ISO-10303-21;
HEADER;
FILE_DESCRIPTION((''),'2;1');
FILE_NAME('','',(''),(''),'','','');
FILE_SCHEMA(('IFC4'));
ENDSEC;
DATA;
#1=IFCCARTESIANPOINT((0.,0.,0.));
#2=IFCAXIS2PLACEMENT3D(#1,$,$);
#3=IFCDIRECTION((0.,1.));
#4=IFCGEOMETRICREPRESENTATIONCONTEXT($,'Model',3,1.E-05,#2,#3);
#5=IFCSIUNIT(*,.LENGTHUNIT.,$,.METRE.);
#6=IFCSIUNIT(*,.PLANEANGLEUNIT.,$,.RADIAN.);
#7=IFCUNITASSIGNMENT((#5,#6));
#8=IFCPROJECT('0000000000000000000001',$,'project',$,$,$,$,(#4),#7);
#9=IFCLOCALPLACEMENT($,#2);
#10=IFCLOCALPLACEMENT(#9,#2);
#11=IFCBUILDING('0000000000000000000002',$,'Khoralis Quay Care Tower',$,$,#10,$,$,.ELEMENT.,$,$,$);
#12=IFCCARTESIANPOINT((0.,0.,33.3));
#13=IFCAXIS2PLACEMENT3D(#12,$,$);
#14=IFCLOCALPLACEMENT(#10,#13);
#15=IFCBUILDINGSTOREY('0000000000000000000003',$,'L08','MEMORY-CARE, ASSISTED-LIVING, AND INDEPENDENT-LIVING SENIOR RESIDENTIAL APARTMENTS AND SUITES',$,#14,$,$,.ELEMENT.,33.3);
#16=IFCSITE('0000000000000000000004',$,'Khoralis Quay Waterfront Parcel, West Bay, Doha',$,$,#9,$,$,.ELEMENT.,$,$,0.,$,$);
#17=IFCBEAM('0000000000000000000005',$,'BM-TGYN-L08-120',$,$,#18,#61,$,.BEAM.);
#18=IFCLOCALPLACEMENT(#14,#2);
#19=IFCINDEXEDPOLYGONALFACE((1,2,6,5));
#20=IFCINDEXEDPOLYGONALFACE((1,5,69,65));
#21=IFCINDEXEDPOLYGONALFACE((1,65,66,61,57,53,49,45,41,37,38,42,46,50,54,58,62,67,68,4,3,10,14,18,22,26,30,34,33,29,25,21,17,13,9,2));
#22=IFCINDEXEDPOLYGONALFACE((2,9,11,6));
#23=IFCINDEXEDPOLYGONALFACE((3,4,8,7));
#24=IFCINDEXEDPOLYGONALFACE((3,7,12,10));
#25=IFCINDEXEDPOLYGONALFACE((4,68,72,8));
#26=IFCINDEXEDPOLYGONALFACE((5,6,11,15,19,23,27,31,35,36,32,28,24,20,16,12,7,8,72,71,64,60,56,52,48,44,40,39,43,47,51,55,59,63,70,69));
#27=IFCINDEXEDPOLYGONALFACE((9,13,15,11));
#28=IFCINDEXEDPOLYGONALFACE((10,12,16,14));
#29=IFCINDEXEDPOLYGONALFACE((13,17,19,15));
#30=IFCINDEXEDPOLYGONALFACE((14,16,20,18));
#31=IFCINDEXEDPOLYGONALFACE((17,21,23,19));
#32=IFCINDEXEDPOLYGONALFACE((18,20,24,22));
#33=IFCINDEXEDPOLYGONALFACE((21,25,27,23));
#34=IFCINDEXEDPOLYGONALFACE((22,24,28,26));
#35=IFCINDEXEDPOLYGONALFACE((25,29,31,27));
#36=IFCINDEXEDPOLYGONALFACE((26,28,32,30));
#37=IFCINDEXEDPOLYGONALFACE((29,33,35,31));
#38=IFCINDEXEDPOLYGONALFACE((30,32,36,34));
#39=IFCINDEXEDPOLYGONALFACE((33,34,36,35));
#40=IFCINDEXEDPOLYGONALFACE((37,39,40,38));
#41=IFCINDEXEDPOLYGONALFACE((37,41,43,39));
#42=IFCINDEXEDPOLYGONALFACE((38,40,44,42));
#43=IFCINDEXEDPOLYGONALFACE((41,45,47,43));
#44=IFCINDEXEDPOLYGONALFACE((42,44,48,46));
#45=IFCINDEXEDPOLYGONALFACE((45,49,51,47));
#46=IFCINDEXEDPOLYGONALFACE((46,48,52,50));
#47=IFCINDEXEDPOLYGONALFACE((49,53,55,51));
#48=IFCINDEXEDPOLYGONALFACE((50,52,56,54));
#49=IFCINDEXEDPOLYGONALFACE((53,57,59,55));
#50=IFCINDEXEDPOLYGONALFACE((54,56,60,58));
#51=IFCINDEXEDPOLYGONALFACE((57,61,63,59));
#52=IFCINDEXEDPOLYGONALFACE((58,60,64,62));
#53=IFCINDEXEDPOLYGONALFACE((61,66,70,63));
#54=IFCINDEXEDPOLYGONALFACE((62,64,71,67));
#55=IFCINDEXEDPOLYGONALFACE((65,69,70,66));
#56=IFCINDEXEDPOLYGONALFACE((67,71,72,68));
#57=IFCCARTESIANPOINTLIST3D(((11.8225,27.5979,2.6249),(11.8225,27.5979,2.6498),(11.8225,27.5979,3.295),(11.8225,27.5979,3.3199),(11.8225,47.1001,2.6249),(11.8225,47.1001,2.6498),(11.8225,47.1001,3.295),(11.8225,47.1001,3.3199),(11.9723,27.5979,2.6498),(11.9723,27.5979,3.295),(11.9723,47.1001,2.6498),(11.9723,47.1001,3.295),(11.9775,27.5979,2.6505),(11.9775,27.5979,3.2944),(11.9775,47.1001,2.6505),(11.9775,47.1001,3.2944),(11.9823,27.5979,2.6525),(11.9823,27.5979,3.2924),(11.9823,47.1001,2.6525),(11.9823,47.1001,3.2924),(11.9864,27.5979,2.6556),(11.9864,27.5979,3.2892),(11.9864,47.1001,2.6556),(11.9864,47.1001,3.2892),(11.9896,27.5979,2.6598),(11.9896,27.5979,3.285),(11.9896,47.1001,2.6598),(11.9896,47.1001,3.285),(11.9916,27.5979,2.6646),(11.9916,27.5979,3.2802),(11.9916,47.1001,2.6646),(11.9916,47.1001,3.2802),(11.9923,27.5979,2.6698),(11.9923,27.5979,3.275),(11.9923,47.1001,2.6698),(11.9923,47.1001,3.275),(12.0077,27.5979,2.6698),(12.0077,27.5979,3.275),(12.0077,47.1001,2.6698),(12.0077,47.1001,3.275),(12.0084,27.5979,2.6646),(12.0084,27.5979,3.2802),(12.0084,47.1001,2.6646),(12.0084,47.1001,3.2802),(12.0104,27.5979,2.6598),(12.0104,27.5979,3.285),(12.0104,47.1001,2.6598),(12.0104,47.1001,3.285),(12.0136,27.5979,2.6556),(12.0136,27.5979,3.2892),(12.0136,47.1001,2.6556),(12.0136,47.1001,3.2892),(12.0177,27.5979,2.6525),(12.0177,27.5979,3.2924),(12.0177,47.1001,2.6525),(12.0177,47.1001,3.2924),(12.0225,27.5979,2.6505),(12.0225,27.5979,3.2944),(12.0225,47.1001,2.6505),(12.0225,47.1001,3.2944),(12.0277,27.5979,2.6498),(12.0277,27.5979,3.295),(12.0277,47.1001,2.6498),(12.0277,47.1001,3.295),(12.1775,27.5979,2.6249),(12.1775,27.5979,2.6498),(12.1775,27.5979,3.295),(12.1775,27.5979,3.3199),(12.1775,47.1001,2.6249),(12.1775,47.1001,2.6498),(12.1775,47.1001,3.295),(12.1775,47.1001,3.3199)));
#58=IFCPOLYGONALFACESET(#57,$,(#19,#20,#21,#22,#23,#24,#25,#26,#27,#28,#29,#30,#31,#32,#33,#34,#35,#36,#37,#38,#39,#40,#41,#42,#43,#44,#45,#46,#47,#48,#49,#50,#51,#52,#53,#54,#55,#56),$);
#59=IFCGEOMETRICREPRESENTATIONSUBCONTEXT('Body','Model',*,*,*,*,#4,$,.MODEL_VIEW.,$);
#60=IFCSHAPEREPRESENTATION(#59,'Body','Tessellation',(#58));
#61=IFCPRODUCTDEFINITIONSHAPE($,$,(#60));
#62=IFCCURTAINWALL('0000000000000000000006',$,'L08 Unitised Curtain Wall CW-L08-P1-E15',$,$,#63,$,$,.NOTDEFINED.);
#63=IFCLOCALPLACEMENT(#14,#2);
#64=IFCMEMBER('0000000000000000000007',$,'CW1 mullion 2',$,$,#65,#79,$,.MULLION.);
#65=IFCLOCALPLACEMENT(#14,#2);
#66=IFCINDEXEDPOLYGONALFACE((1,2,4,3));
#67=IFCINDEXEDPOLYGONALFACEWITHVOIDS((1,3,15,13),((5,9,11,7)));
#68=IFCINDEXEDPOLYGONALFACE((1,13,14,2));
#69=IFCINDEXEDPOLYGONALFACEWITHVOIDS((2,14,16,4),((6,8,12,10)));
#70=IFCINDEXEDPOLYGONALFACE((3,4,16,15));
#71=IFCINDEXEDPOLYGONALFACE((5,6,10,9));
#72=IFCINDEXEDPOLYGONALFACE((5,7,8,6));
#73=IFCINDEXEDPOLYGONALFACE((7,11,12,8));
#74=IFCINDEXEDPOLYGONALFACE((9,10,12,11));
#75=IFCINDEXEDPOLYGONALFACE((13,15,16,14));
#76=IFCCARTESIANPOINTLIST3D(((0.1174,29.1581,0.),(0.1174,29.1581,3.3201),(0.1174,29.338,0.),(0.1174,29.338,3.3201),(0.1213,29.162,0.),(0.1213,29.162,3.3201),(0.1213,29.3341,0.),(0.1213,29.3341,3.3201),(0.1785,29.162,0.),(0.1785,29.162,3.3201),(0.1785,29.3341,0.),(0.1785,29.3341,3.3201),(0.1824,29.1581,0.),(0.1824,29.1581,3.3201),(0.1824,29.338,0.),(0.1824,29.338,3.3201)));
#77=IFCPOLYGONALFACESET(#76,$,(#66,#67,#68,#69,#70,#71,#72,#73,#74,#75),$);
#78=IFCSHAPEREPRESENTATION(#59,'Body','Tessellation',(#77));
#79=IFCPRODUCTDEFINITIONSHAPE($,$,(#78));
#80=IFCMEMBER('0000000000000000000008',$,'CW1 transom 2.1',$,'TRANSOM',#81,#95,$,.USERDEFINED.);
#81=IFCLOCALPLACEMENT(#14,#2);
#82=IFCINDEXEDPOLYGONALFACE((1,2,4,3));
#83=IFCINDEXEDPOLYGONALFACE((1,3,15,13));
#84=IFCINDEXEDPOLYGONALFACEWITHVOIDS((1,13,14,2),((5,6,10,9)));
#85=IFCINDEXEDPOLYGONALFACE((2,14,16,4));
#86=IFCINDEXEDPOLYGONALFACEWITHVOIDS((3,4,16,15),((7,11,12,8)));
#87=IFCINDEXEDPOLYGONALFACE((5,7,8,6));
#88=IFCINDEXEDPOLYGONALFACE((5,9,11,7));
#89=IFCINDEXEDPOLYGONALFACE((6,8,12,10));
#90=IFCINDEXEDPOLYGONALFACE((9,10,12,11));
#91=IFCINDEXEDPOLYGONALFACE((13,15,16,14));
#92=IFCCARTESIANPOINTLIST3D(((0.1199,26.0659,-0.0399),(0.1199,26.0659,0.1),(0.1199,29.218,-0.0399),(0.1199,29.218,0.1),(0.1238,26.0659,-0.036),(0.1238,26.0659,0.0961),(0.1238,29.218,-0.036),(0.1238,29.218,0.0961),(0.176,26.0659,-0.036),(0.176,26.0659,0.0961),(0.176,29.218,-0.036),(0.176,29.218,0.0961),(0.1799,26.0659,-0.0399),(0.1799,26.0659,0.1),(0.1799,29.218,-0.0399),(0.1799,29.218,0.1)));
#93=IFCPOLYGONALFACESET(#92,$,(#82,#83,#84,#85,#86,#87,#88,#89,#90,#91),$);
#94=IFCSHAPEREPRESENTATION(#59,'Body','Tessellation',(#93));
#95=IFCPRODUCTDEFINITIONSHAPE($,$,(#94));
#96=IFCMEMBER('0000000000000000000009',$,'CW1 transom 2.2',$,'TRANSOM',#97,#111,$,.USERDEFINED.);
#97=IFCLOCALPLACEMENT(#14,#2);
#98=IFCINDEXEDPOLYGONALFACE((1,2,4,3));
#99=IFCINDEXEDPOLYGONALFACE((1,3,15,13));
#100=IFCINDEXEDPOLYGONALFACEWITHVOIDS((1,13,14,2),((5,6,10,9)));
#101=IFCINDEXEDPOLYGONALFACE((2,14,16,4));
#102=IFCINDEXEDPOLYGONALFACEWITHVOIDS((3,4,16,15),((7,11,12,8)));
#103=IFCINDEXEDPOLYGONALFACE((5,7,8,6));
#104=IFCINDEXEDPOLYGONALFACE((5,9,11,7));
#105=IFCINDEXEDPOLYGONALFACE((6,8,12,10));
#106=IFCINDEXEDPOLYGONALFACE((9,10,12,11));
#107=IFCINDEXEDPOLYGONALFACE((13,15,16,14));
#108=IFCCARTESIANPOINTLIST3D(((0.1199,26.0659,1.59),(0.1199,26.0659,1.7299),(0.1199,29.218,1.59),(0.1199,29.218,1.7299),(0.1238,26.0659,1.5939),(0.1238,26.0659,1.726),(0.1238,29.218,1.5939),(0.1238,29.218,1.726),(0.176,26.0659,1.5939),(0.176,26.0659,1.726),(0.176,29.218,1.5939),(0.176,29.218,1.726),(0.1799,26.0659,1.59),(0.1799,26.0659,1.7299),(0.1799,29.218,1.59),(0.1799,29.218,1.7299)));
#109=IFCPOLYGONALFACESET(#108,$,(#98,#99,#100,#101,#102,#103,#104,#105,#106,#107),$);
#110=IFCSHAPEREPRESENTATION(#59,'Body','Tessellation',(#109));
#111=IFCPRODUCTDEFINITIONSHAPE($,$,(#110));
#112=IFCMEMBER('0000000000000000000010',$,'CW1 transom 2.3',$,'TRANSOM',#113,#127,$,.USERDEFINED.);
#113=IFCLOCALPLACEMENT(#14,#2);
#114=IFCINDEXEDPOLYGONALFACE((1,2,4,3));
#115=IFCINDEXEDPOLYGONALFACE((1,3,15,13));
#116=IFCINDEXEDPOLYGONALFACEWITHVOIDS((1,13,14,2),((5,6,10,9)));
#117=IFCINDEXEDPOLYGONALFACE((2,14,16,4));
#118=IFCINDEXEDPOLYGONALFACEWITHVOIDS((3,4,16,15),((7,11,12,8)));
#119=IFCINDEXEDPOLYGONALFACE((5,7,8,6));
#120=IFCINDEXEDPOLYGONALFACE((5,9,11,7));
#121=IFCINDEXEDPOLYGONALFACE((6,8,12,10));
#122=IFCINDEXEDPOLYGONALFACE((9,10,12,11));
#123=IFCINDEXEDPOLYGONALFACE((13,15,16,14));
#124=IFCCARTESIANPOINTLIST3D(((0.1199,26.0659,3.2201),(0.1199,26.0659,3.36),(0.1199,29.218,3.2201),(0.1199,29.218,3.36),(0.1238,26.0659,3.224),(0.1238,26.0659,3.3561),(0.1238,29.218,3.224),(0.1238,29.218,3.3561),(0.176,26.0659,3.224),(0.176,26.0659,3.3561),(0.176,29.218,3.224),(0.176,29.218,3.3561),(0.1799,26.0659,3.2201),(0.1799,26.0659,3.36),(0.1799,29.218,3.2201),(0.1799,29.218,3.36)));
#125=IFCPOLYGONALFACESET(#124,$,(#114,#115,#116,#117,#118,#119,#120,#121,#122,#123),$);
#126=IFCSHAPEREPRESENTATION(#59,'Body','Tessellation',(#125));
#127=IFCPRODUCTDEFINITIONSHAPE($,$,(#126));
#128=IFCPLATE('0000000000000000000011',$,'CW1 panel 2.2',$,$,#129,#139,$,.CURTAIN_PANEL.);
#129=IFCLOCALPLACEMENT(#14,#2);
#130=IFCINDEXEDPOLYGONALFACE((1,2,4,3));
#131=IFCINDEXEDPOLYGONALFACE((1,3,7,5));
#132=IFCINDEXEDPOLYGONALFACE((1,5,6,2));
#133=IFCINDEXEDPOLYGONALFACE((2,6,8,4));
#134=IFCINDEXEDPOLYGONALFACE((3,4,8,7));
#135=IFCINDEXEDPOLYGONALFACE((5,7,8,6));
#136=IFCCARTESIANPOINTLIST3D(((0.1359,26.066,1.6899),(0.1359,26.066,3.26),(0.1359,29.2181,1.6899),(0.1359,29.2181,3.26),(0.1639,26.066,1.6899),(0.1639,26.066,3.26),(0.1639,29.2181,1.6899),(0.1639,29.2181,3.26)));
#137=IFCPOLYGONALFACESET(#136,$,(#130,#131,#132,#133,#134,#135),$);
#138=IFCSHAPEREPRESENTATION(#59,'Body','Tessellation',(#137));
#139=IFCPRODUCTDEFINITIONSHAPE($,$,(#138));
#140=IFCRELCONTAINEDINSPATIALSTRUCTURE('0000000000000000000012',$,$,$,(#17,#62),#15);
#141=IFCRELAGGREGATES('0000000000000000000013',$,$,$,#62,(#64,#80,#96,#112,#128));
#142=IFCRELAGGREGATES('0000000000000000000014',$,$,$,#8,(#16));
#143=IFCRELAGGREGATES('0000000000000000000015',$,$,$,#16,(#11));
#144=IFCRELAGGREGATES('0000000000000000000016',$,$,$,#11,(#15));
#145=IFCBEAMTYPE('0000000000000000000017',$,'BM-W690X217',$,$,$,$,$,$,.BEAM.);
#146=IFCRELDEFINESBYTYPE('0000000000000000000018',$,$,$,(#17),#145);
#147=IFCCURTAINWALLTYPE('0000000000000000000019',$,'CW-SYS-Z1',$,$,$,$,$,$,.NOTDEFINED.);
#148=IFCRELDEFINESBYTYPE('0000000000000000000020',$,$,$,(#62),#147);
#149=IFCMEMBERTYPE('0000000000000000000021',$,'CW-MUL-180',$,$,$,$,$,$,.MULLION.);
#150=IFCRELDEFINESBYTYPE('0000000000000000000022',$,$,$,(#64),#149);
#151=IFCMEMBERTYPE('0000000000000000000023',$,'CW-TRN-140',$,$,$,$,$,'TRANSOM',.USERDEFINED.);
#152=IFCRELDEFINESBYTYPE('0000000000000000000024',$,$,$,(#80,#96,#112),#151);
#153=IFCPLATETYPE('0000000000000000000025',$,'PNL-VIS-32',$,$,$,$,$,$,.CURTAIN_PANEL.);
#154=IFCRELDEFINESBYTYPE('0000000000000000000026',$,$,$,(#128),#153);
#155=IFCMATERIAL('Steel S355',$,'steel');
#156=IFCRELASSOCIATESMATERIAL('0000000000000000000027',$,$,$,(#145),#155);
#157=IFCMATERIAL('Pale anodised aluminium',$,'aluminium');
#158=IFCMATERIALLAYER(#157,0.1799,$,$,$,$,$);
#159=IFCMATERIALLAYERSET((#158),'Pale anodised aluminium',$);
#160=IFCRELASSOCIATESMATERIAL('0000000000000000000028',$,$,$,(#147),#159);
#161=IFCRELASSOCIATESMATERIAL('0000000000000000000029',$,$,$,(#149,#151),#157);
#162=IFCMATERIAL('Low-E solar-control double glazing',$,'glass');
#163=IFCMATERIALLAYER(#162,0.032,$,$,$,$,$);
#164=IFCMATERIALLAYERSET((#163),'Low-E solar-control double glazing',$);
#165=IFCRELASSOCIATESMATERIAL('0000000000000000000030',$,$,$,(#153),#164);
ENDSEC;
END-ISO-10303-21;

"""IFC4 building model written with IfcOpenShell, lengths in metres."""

from ifc_helpers import new_model, si_unit, direction, frame, origin, origin_2d, place, context, subcontext, project, spatial, rectangle, hollow_rectangle, i_section, extrude, source, transform, mapped, material, layer, layer_set, material_profile, profile_set, type_object, element, aggregate, save


model = new_model("IFC4")

# Units and contexts
model_context = context("Model", 3, precision=1e-05, world=origin(), true_north=direction((0.0, 1.0)))
body_context = subcontext(model_context, "Body", "Model", "MODEL_VIEW")
ifc_project = project(units=[si_unit("LENGTHUNIT", "METRE"), si_unit("PLANEANGLEUNIT", "RADIAN")], contexts=[model_context])

# Site, building, storey
site_placement = place(None, origin())
site = spatial("IfcSite", under=ifc_project, at=site_placement, Name="Khoralis Quay Waterfront Parcel, West Bay, Doha", CompositionType="ELEMENT", RefElevation=0.0)
building_placement = place(site_placement, origin())
building = spatial("IfcBuilding", under=site, at=building_placement, Name="Khoralis Quay Care Tower", CompositionType="ELEMENT")
storey_placement = place(building_placement, frame((0.0, 0.0, 33.3)))
storey = spatial("IfcBuildingStorey", under=building, at=storey_placement, Name="L08", Description="MEMORY-CARE, ASSISTED-LIVING, AND INDEPENDENT-LIVING SENIOR RESIDENTIAL APARTMENTS AND SUITES", CompositionType="ELEMENT", Elevation=33.3)

# Beam
ifc_material_1 = material(Name="Steel S355", Category="steel")
ifc_material_profile_1 = material_profile(ifc_material_1, i_section(OverallWidth=0.355, OverallDepth=0.6951, WebThickness=0.0154, FlangeThickness=0.0249, FilletRadius=0.02, at=origin_2d()), Name="Steel S355")
ifc_profile_set_1 = profile_set([ifc_material_profile_1], Name="Steel S355")
beam_type_1 = type_object("IfcBeamType", Name="BM-W690X217", PredefinedType="BEAM", material=ifc_profile_set_1)
shared_shape_1 = source(origin(), body_context, "Body", "SweptSolid", [
    extrude(i_section(OverallWidth=0.355, OverallDepth=0.6951, WebThickness=0.0154, FlangeThickness=0.0249, FilletRadius=0.02, at=origin_2d()), origin(), (0.0, 0.0, 1.0), 19.5022),
])
beam_1_placement = place(storey_placement, frame((12.0, 27.5979, 2.9724), z_axis=(0.0, 1.0, 0.0), x_axis=(-1.0, 0.0, 0.0)))
element("IfcBeam", 1, at=beam_1_placement, inside=storey, type_object=beam_type_1, Name="BM-TGYN-L08-120", PredefinedType="BEAM", context=body_context, shape_type="MappedRepresentation", body=[
    mapped(shared_shape_1, transform((0.0, 0.0, 0.0), scale=1.0)),
])

# Curtain wall, members, plate
ifc_material_2 = material(Name="Pale anodised aluminium", Category="aluminium")
ifc_layer_1 = layer(ifc_material_2, 0.1799)
ifc_layer_set_1 = layer_set([ifc_layer_1], Name="Pale anodised aluminium")
curtain_wall_type = type_object("IfcCurtainWallType", Name="CW-SYS-Z1", PredefinedType="NOTDEFINED", material=ifc_layer_set_1)
curtain_wall_placement = place(storey_placement, origin())
curtain_wall = element("IfcCurtainWall", 2, at=curtain_wall_placement, inside=storey, type_object=curtain_wall_type, Name="L08 Unitised Curtain Wall CW-L08-P1-E15", PredefinedType="NOTDEFINED")
ifc_material_profile_2 = material_profile(ifc_material_2, hollow_rectangle(XDim=0.0649, YDim=0.1799, WallThickness=0.0039, at=origin_2d()), Name="Pale anodised aluminium")
ifc_profile_set_2 = profile_set([ifc_material_profile_2], Name="Pale anodised aluminium")
member_type_1 = type_object("IfcMemberType", Name="CW-MUL-180", PredefinedType="MULLION", material=ifc_profile_set_2)
shared_shape_2 = source(origin(), body_context, "Body", "SweptSolid", [
    extrude(hollow_rectangle(XDim=0.0649, YDim=0.1799, WallThickness=0.0039, at=origin_2d()), origin(), (0.0, 0.0, 1.0), 3.3201),
])
member_1_placement = place(storey_placement, frame((0.1499, 29.248, 0.0), z_axis=(0.0, 0.0, 1.0), x_axis=(1.0, 0.0, 0.0)))
member_1 = element("IfcMember", 3, at=member_1_placement, type_object=member_type_1, Name="CW1 mullion 2", PredefinedType="MULLION", context=body_context, shape_type="MappedRepresentation", body=[
    mapped(shared_shape_2, transform((0.0, 0.0, 0.0), scale=1.0)),
])
ifc_material_profile_3 = material_profile(ifc_material_2, hollow_rectangle(XDim=0.0601, YDim=0.1399, WallThickness=0.0039, at=origin_2d()), Name="Pale anodised aluminium")
ifc_profile_set_3 = profile_set([ifc_material_profile_3], Name="Pale anodised aluminium")
member_type_2 = type_object("IfcMemberType", Name="CW-TRN-140", ElementType="TRANSOM", PredefinedType="USERDEFINED", material=ifc_profile_set_3)
shared_shape_3 = source(origin(), body_context, "Body", "SweptSolid", [
    extrude(hollow_rectangle(XDim=0.0601, YDim=0.1399, WallThickness=0.0039, at=origin_2d()), origin(), (0.0, 0.0, 1.0), 3.1521),
])
member_2_placement = place(storey_placement, frame((0.1499, 29.218, 0.03), z_axis=(0.0, -1.0, 0.0), x_axis=(1.0, 0.0, 0.0)))
member_2 = element("IfcMember", 4, at=member_2_placement, type_object=member_type_2, Name="CW1 transom 2.1", ObjectType="TRANSOM", PredefinedType="USERDEFINED", context=body_context, shape_type="MappedRepresentation", body=[
    mapped(shared_shape_3, transform((0.0, 0.0, 0.0), scale=1.0)),
])
member_3_placement = place(storey_placement, frame((0.1499, 29.218, 1.6599), z_axis=(0.0, -1.0, 0.0), x_axis=(1.0, 0.0, 0.0)))
member_3 = element("IfcMember", 5, at=member_3_placement, type_object=member_type_2, Name="CW1 transom 2.2", ObjectType="TRANSOM", PredefinedType="USERDEFINED", context=body_context, shape_type="MappedRepresentation", body=[
    mapped(shared_shape_3, transform((0.0, 0.0, 0.0), scale=1.0)),
])
member_4_placement = place(storey_placement, frame((0.1499, 29.218, 3.29), z_axis=(0.0, -1.0, 0.0), x_axis=(1.0, 0.0, 0.0)))
member_4 = element("IfcMember", 6, at=member_4_placement, type_object=member_type_2, Name="CW1 transom 2.3", ObjectType="TRANSOM", PredefinedType="USERDEFINED", context=body_context, shape_type="MappedRepresentation", body=[
    mapped(shared_shape_3, transform((0.0, 0.0, 0.0), scale=1.0)),
])
ifc_material_3 = material(Name="Low-E solar-control double glazing", Category="glass")
ifc_layer_2 = layer(ifc_material_3, 0.032)
ifc_layer_set_2 = layer_set([ifc_layer_2], Name="Low-E solar-control double glazing")
plate_type = type_object("IfcPlateType", Name="PNL-VIS-32", PredefinedType="CURTAIN_PANEL", material=ifc_layer_set_2)
shared_shape_4 = source(origin(), body_context, "Body", "SweptSolid", [
    extrude(rectangle(XDim=3.1521, YDim=0.0281, at=origin_2d()), origin(), (0.0, 0.0, 1.0), 1.5701),
])
plate_placement = place(storey_placement, frame((0.1499, 27.6421, 1.6899), z_axis=(0.0, 0.0, 1.0), x_axis=(0.0, -1.0, 0.0)))
plate = element("IfcPlate", 7, at=plate_placement, type_object=plate_type, Name="CW1 panel 2.2", PredefinedType="CURTAIN_PANEL", context=body_context, shape_type="MappedRepresentation", body=[
    mapped(shared_shape_4, transform((0.0, 0.0, 0.0), scale=1.0)),
])
aggregate(curtain_wall, [member_1, member_2, member_3, member_4, plate])

save(model, "model.ifc")
